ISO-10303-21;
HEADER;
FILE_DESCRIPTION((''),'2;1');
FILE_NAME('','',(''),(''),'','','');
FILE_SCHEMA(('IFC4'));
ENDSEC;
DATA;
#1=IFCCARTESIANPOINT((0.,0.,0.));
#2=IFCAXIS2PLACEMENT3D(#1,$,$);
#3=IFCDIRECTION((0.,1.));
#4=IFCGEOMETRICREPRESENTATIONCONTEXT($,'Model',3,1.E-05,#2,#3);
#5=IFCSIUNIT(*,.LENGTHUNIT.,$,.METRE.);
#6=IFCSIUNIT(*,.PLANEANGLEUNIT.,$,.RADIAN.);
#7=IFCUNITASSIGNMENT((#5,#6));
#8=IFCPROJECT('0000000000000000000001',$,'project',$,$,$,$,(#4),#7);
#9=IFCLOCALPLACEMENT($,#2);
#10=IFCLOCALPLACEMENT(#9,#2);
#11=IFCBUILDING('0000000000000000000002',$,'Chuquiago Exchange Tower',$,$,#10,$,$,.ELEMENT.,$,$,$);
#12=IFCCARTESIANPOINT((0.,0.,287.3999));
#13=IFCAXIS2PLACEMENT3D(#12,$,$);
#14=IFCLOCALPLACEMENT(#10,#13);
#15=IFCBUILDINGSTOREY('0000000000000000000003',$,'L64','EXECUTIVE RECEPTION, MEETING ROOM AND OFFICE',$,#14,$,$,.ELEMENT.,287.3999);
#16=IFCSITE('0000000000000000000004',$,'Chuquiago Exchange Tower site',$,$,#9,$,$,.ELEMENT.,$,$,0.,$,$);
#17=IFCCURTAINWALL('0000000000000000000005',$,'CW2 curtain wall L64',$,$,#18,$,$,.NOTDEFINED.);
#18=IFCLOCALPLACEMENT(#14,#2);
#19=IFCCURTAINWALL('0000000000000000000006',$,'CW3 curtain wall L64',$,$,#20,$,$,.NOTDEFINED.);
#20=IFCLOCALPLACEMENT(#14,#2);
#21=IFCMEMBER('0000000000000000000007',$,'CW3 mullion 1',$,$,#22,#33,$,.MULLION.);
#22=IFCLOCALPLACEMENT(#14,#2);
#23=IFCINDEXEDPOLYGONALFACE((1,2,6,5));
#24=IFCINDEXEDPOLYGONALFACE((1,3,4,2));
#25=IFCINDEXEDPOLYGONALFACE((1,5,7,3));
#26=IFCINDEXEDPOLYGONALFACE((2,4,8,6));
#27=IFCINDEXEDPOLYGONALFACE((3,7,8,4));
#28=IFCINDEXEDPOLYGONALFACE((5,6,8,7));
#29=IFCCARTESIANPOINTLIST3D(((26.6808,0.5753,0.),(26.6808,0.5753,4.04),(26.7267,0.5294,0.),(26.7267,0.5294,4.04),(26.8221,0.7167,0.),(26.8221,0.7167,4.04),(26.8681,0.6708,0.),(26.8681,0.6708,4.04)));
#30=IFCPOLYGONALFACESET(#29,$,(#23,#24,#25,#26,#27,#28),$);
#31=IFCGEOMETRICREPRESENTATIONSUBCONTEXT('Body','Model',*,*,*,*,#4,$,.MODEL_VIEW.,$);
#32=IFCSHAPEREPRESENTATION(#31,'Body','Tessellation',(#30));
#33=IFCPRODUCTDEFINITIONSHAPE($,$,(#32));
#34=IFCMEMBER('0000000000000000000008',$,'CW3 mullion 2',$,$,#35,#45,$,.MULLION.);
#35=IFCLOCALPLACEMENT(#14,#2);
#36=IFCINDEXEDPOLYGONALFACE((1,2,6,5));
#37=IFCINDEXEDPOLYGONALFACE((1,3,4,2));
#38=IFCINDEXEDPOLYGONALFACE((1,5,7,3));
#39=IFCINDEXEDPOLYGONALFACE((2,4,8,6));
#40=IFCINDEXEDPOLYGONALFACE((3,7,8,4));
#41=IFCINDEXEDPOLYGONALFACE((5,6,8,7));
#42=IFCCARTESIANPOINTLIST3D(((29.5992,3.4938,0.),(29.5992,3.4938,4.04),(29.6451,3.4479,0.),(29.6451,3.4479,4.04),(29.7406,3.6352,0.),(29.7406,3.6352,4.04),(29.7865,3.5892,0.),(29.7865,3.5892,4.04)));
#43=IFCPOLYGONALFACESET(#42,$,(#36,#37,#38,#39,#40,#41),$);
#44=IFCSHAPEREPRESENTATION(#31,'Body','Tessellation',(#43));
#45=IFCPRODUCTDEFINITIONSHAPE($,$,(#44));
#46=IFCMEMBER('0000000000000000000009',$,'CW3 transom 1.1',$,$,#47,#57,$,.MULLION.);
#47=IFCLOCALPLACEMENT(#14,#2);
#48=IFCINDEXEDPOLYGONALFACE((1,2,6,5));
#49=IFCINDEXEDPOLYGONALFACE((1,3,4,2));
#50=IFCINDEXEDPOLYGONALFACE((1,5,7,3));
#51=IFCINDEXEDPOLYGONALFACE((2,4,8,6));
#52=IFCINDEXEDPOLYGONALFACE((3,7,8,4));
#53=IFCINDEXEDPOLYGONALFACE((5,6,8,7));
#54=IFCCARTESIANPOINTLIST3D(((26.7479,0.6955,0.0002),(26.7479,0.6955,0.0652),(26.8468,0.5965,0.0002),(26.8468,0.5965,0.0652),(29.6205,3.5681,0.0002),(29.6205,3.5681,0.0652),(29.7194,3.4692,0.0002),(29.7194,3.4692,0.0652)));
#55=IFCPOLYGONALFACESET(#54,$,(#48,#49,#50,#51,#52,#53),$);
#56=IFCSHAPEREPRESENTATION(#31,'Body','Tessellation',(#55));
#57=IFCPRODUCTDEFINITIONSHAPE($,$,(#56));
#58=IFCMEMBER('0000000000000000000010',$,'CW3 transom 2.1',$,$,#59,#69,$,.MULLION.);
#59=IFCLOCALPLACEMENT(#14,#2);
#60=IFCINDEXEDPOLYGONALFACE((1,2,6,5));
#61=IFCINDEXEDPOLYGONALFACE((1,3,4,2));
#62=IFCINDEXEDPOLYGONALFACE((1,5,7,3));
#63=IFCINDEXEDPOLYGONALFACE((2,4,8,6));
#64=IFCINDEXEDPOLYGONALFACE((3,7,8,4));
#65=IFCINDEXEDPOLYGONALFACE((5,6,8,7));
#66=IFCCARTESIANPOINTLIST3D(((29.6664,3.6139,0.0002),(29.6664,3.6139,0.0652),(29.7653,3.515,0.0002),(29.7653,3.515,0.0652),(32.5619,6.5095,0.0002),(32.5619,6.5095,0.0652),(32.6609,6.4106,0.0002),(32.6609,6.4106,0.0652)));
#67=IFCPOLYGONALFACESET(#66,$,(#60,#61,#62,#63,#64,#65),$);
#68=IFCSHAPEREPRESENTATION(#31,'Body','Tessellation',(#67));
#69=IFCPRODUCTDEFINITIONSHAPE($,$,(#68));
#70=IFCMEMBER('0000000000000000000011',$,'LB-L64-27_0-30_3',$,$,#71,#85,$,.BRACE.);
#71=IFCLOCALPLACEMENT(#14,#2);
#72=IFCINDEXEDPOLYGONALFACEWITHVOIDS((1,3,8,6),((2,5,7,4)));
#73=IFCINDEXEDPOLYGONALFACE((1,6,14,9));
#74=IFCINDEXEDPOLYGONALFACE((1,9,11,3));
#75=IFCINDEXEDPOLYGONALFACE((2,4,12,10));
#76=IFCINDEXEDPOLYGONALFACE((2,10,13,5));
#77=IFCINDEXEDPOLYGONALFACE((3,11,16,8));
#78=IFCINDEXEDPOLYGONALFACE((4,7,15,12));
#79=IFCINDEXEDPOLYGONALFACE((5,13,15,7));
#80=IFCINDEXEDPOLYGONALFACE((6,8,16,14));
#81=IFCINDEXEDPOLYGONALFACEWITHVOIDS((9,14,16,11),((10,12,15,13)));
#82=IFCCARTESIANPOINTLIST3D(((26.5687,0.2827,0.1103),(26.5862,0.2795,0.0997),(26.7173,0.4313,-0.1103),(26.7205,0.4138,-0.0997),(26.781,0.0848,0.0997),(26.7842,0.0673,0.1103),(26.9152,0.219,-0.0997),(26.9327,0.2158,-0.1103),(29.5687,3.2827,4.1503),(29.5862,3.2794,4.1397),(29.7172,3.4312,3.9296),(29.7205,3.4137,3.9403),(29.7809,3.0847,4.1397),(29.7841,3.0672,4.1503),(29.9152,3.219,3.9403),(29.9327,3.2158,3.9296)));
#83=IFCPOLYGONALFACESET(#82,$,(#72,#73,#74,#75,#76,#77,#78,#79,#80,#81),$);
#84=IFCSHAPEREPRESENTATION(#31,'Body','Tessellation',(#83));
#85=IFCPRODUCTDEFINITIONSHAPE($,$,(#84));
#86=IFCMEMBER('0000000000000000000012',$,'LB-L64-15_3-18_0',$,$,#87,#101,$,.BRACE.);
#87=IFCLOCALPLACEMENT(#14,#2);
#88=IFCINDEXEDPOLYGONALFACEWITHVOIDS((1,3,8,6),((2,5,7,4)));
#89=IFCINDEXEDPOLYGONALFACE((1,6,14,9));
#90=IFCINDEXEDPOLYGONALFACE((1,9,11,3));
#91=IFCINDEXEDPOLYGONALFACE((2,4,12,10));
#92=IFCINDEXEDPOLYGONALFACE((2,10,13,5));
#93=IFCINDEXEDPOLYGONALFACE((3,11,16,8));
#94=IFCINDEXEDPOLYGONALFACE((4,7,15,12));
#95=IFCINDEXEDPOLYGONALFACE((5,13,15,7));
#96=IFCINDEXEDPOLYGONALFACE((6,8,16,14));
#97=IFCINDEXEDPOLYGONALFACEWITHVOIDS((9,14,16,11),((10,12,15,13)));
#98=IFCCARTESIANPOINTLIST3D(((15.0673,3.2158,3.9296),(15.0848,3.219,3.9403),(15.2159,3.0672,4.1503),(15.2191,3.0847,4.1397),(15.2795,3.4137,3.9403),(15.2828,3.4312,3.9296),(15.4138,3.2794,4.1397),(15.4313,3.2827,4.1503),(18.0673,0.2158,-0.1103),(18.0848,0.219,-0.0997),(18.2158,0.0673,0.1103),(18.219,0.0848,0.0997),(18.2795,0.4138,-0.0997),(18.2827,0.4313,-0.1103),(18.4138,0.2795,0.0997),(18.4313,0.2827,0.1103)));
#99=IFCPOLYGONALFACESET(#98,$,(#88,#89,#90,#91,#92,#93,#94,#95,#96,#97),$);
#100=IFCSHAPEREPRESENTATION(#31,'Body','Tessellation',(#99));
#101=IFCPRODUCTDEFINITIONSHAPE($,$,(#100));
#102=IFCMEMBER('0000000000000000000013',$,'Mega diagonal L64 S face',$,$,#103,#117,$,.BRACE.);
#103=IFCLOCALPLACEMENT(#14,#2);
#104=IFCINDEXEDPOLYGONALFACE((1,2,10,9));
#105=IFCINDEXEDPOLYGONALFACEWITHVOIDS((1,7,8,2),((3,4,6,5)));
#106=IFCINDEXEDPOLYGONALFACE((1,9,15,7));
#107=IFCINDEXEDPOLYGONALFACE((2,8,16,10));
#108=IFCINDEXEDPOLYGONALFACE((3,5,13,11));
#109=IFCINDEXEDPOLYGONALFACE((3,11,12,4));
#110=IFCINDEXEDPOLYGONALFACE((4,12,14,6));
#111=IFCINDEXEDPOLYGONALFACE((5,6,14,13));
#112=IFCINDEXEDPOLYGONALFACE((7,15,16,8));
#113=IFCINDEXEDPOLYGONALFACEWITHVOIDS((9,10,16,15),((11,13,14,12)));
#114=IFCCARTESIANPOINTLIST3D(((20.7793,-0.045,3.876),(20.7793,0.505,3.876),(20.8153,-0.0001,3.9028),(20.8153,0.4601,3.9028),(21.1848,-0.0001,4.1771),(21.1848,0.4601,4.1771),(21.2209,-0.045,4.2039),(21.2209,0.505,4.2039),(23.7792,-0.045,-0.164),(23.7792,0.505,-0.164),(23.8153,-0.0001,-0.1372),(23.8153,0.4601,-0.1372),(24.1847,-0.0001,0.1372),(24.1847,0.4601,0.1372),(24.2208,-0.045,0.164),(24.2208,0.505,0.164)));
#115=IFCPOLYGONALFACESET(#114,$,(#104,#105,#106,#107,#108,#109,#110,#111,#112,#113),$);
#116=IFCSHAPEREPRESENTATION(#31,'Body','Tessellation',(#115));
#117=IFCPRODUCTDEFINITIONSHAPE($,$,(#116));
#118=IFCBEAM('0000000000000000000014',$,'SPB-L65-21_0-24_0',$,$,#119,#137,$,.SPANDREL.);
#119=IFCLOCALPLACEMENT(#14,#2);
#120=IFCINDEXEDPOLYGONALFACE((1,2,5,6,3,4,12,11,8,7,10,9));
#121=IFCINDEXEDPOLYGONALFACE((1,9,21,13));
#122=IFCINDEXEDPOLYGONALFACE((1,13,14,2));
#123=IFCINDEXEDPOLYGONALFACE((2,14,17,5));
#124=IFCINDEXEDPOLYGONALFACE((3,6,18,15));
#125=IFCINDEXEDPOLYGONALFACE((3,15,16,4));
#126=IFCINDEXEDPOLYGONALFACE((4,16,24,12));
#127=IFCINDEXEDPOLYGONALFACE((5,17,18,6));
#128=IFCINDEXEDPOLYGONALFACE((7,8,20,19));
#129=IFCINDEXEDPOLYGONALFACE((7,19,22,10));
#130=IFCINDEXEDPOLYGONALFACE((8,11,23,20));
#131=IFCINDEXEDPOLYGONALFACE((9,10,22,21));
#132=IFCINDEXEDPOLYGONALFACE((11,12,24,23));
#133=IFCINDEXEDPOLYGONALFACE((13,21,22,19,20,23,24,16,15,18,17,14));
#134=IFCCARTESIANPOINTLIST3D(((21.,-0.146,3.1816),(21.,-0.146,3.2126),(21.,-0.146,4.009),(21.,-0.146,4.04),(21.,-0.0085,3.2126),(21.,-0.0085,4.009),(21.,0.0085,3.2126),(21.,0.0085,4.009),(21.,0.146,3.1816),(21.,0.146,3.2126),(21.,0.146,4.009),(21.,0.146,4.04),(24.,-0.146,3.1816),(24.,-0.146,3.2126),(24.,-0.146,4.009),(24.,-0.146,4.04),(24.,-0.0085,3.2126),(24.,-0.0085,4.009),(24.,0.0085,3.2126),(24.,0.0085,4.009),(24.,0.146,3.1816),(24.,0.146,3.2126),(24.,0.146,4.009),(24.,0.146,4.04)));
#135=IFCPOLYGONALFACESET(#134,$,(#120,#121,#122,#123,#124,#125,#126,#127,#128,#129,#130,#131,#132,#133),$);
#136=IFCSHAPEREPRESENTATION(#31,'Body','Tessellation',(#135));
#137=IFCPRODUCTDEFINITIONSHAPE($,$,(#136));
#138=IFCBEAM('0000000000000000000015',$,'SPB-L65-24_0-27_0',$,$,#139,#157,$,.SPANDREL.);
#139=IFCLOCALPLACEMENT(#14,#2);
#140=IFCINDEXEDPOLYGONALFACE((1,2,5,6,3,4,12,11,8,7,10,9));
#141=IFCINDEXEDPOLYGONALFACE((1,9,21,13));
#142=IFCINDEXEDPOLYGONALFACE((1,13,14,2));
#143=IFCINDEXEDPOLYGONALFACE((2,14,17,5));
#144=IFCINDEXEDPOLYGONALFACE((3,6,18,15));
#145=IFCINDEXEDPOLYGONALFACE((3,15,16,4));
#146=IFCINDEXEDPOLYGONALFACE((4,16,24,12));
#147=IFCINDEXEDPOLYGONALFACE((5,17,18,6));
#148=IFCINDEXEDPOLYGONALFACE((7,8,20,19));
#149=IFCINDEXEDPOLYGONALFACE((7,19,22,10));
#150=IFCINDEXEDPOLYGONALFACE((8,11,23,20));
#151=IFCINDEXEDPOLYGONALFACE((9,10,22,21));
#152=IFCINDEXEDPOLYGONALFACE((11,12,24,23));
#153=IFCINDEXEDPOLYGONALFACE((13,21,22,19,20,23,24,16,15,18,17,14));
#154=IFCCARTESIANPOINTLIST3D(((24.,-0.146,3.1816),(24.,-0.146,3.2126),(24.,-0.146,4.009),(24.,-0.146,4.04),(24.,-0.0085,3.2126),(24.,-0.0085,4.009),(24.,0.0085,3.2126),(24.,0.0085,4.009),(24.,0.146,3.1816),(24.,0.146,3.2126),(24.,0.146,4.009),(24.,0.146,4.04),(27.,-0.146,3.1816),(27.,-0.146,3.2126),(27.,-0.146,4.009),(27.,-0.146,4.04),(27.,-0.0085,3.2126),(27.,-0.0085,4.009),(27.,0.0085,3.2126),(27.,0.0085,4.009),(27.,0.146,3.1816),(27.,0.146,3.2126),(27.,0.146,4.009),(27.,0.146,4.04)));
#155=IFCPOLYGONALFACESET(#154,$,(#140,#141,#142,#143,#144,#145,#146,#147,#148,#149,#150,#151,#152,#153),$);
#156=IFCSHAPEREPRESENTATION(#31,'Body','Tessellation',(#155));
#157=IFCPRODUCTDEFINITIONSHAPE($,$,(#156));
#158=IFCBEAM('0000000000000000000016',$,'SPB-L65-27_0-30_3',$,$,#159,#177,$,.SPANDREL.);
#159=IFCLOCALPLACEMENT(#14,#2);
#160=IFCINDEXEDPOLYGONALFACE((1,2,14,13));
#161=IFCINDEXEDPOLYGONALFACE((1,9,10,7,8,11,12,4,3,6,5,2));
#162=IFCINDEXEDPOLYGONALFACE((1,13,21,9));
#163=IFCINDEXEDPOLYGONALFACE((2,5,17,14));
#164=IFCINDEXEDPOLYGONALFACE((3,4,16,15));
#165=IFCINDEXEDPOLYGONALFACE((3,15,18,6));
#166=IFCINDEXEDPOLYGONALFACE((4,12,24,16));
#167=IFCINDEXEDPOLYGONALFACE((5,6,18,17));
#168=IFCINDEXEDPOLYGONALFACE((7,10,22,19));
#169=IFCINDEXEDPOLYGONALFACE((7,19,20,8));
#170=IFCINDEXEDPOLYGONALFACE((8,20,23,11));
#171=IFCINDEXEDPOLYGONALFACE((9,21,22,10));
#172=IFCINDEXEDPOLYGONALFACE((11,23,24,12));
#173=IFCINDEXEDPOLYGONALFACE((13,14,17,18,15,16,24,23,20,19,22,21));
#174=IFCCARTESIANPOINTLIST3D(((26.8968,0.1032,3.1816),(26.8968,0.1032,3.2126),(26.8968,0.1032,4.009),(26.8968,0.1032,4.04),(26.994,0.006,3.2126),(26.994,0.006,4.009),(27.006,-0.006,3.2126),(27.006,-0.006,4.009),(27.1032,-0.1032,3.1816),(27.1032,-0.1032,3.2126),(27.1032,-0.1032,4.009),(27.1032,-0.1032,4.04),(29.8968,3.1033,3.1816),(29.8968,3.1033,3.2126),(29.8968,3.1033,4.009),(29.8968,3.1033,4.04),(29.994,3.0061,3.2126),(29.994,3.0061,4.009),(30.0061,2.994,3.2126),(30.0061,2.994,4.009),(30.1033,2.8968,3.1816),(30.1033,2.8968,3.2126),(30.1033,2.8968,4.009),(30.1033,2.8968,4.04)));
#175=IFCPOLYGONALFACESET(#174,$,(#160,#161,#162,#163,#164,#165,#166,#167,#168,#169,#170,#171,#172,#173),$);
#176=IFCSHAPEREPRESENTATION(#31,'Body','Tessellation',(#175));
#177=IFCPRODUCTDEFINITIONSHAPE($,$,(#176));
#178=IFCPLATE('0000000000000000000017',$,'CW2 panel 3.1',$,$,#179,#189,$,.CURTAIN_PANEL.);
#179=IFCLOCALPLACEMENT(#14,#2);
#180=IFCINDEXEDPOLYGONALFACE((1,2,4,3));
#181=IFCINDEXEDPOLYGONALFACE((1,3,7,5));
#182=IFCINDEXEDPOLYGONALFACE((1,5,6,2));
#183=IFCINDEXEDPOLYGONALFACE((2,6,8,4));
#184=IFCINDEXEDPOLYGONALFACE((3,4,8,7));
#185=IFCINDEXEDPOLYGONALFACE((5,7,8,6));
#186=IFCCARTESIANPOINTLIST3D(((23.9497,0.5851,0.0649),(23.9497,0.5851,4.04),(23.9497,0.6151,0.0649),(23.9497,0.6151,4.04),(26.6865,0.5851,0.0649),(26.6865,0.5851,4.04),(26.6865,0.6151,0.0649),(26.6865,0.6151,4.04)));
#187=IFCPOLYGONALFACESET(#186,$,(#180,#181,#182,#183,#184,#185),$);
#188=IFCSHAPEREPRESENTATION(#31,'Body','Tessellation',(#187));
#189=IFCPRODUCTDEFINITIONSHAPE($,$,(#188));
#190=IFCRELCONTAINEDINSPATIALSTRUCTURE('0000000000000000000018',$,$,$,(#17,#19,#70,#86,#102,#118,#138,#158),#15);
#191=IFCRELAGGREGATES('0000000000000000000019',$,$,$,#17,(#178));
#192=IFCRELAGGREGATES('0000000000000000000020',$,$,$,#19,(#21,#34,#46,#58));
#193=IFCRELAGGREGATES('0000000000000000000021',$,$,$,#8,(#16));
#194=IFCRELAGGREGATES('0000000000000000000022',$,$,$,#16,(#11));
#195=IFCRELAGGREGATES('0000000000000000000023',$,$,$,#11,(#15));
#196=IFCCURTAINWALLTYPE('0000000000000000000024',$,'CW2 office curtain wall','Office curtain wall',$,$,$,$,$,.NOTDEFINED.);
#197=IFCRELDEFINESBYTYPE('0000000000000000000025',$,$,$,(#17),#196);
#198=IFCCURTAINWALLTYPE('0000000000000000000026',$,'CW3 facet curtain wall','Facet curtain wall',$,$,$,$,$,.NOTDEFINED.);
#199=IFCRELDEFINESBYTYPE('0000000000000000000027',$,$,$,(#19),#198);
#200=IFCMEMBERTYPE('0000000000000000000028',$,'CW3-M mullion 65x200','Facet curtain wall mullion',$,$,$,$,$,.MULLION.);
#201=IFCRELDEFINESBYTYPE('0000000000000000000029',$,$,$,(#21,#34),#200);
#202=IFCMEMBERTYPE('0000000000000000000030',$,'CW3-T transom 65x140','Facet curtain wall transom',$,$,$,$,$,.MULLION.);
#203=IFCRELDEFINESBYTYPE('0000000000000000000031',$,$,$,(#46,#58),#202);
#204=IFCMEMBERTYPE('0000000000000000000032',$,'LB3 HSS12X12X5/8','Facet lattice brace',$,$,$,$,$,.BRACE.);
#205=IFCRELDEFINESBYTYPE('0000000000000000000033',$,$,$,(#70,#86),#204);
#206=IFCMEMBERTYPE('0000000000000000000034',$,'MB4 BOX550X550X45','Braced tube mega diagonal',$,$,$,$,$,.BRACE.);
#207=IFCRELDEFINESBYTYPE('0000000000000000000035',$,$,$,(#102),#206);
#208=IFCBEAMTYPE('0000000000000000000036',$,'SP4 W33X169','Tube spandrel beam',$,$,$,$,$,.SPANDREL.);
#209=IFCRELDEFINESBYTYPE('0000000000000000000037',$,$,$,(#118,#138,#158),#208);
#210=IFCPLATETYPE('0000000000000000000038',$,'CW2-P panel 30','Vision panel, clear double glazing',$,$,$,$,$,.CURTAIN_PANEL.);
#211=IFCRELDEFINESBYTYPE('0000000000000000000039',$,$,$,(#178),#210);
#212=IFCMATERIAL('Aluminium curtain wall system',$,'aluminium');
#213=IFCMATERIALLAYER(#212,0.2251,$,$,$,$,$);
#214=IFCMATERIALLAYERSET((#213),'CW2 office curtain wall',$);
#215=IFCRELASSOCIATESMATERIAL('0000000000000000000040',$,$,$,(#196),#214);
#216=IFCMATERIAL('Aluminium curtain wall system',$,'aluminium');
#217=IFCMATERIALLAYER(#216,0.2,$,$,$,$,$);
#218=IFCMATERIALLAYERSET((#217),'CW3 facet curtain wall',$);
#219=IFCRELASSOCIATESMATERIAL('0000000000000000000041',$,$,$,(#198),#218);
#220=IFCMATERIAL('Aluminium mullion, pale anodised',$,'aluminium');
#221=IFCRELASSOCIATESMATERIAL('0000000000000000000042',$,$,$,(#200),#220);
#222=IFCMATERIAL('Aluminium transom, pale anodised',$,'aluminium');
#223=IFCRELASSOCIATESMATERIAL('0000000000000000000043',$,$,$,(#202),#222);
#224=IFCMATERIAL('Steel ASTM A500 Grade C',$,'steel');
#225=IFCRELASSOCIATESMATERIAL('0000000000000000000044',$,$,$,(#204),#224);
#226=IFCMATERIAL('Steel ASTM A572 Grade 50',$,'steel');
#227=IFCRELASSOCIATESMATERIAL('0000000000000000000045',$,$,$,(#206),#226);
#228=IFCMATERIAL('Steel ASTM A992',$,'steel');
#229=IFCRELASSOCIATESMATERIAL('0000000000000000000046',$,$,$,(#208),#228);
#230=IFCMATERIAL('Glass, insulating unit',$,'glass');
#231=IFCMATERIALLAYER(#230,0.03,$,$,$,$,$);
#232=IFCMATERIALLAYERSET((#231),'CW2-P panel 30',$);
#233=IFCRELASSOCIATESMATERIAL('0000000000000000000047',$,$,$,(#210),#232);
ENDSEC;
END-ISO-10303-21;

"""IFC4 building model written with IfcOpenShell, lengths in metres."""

from ifc_helpers import new_model, si_unit, direction, frame, origin, origin_2d, place, context, subcontext, project, spatial, rectangle, hollow_rectangle, i_section, extrude, material, layer, layer_set, material_profile, profile_set, type_object, element, aggregate, save


model = new_model("IFC4")

# Units and contexts
model_context = context("Model", 3, precision=1e-05, world=origin(), true_north=direction((0.0, 1.0)))
body_context = subcontext(model_context, "Body", "Model", "MODEL_VIEW")
ifc_project = project(units=[si_unit("LENGTHUNIT", "METRE"), si_unit("PLANEANGLEUNIT", "RADIAN")], contexts=[model_context])

# Site, building, storey
site_placement = place(None, origin())
site = spatial("IfcSite", under=ifc_project, at=site_placement, Name="Chuquiago Exchange Tower site", CompositionType="ELEMENT", RefElevation=0.0)
building_placement = place(site_placement, origin())
building = spatial("IfcBuilding", under=site, at=building_placement, Name="Chuquiago Exchange Tower", CompositionType="ELEMENT")
storey_placement = place(building_placement, frame((0.0, 0.0, 287.3999)))
storey = spatial("IfcBuildingStorey", under=building, at=storey_placement, Name="L64", Description="EXECUTIVE RECEPTION, MEETING ROOM AND OFFICE", CompositionType="ELEMENT", Elevation=287.3999)

# Curtain walls, members
ifc_material_1 = material(Name="Aluminium curtain wall system", Category="aluminium")
ifc_layer_1 = layer(ifc_material_1, 0.2251)
ifc_layer_set_1 = layer_set([ifc_layer_1], Name="CW2 office curtain wall")
curtain_wall_type_1 = type_object("IfcCurtainWallType", Name="CW2 office curtain wall", Description="Office curtain wall", PredefinedType="NOTDEFINED", material=ifc_layer_set_1)
curtain_wall_1_placement = place(storey_placement, origin())
curtain_wall_1 = element("IfcCurtainWall", 1, at=curtain_wall_1_placement, inside=storey, type_object=curtain_wall_type_1, Name="CW2 curtain wall L64", PredefinedType="NOTDEFINED")
ifc_material_2 = material(Name="Aluminium curtain wall system", Category="aluminium")
ifc_layer_2 = layer(ifc_material_2, 0.2)
ifc_layer_set_2 = layer_set([ifc_layer_2], Name="CW3 facet curtain wall")
curtain_wall_type_2 = type_object("IfcCurtainWallType", Name="CW3 facet curtain wall", Description="Facet curtain wall", PredefinedType="NOTDEFINED", material=ifc_layer_set_2)
curtain_wall_2_placement = place(storey_placement, origin())
curtain_wall_2 = element("IfcCurtainWall", 2, at=curtain_wall_2_placement, inside=storey, type_object=curtain_wall_type_2, Name="CW3 curtain wall L64", PredefinedType="NOTDEFINED")
ifc_material_3 = material(Name="Aluminium mullion, pale anodised", Category="aluminium")
ifc_material_profile_1 = material_profile(ifc_material_3, rectangle(XDim=0.0649, YDim=0.2, at=origin_2d()), Name="AL 65x200")
ifc_profile_set_1 = profile_set([ifc_material_profile_1], Name="Aluminium mullion, pale anodised")
member_type_1 = type_object("IfcMemberType", Name="CW3-M mullion 65x200", Description="Facet curtain wall mullion", PredefinedType="MULLION", material=ifc_profile_set_1)
member_1_placement = place(storey_placement, frame((26.7744, 0.623, 0.0), z_axis=(0.0, 0.0, 1.0), x_axis=(-0.707107, 0.707107, 0.0)))
member_1 = element("IfcMember", 3, at=member_1_placement, type_object=member_type_1, Name="CW3 mullion 1", PredefinedType="MULLION", context=body_context, shape_type="SweptSolid", body=[
    extrude(rectangle(XDim=0.0649, YDim=0.2, at=origin_2d()), origin(), (0.0, 0.0, 1.0), 4.04),
])
member_2_placement = place(storey_placement, frame((29.6929, 3.5415, 0.0), z_axis=(0.0, 0.0, 1.0), x_axis=(-0.707107, 0.707107, 0.0)))
member_2 = element("IfcMember", 4, at=member_2_placement, type_object=member_type_1, Name="CW3 mullion 2", PredefinedType="MULLION", context=body_context, shape_type="SweptSolid", body=[
    extrude(rectangle(XDim=0.0649, YDim=0.2, at=origin_2d()), origin(), (0.0, 0.0, 1.0), 4.04),
])
ifc_material_4 = material(Name="Aluminium transom, pale anodised", Category="aluminium")
ifc_material_profile_2 = material_profile(ifc_material_4, rectangle(XDim=0.1399, YDim=0.0649, at=origin_2d()), Name="AL 140x65")
ifc_profile_set_2 = profile_set([ifc_material_profile_2], Name="Aluminium transom, pale anodised")
member_type_2 = type_object("IfcMemberType", Name="CW3-T transom 65x140", Description="Facet curtain wall transom", PredefinedType="MULLION", material=ifc_profile_set_2)
member_3_placement = place(storey_placement, frame((26.7974, 0.646, 0.0327), z_axis=(0.707107, 0.707107, 0.0), x_axis=(-0.707107, 0.707107, 0.0)))
member_3 = element("IfcMember", 5, at=member_3_placement, type_object=member_type_2, Name="CW3 transom 1.1", PredefinedType="MULLION", context=body_context, shape_type="SweptSolid", body=[
    extrude(rectangle(XDim=0.1399, YDim=0.0649, at=origin_2d()), origin(), (0.0, 0.0, 1.0), 4.0625),
])
member_4_placement = place(storey_placement, frame((29.7158, 3.5645, 0.0327), z_axis=(0.707107, 0.707107, 0.0), x_axis=(-0.707107, 0.707107, 0.0)))
member_4 = element("IfcMember", 6, at=member_4_placement, type_object=member_type_2, Name="CW3 transom 2.1", PredefinedType="MULLION", context=body_context, shape_type="SweptSolid", body=[
    extrude(rectangle(XDim=0.1399, YDim=0.0649, at=origin_2d()), origin(), (0.0, 0.0, 1.0), 4.095),
])

# Members
ifc_material_5 = material(Name="Steel ASTM A500 Grade C", Category="steel")
ifc_material_profile_3 = material_profile(ifc_material_5, hollow_rectangle(XDim=0.3047, YDim=0.3047, WallThickness=0.0146, at=origin_2d()), Name="HSS12X12X5/8")
ifc_profile_set_3 = profile_set([ifc_material_profile_3], Name="Steel ASTM A500 Grade C")
member_type_3 = type_object("IfcMemberType", Name="LB3 HSS12X12X5/8", Description="Facet lattice brace", PredefinedType="BRACE", material=ifc_profile_set_3)
for number, where, z_axis, x_axis, name in (
    (7, (26.7507, 0.2493, 0.0), (0.512077, 0.512077, 0.689604), (-0.707107, 0.707107, 0.0), "LB-L64-27_0-30_3"),
    (8, (18.2493, 0.2493, 0.0), (-0.512077, 0.512077, 0.689604), (-0.707107, -0.707107, 0.0), "LB-L64-15_3-18_0"),
):
    element("IfcMember", number, at=place(storey_placement, frame(where, z_axis=z_axis, x_axis=x_axis)), inside=storey, type_object=member_type_3, Name=name, PredefinedType="BRACE", context=body_context, shape_type="SweptSolid", body=[
        extrude(hollow_rectangle(XDim=0.3047, YDim=0.3047, WallThickness=0.0146, at=origin_2d()), origin(), (0.0, 0.0, 1.0), 5.8584),
    ])
ifc_material_6 = material(Name="Steel ASTM A572 Grade 50", Category="steel")
ifc_material_profile_4 = material_profile(ifc_material_6, hollow_rectangle(XDim=0.55, YDim=0.55, WallThickness=0.0449, at=origin_2d()), Name="BOX550X550X45")
ifc_profile_set_4 = profile_set([ifc_material_profile_4], Name="Steel ASTM A572 Grade 50")
member_type_4 = type_object("IfcMemberType", Name="MB4 BOX550X550X45", Description="Braced tube mega diagonal", PredefinedType="BRACE", material=ifc_profile_set_4)
member_5_placement = place(storey_placement, frame((24.0, 0.23, 0.0), z_axis=(-0.596174, 0.0, 0.802855), x_axis=(0.0, -1.0, 0.0)))
element("IfcMember", 9, at=member_5_placement, inside=storey, type_object=member_type_4, Name="Mega diagonal L64 S face", PredefinedType="BRACE", context=body_context, shape_type="SweptSolid", body=[
    extrude(hollow_rectangle(XDim=0.55, YDim=0.55, WallThickness=0.0449, at=origin_2d()), origin(), (0.0, 0.0, 1.0), 5.032),
])

# Beams
ifc_material_7 = material(Name="Steel ASTM A992", Category="steel")
ifc_material_profile_5 = material_profile(ifc_material_7, i_section(OverallWidth=0.292, OverallDepth=0.8584, WebThickness=0.0171, FlangeThickness=0.031, at=origin_2d()), Name="W33X169")
ifc_profile_set_5 = profile_set([ifc_material_profile_5], Name="Steel ASTM A992")
beam_type = type_object("IfcBeamType", Name="SP4 W33X169", Description="Tube spandrel beam", PredefinedType="SPANDREL", material=ifc_profile_set_5)
for number, where, z_axis, x_axis, name in (
    (10, (21.0, 0.0, 3.6108), (1.0, 0.0, 0.0), (0.0, 1.0, 0.0), "SPB-L65-21_0-24_0"),
    (11, (24.0, 0.0, 3.6108), (1.0, 0.0, 0.0), (0.0, 1.0, 0.0), "SPB-L65-24_0-27_0"),
):
    element("IfcBeam", number, at=place(storey_placement, frame(where, z_axis=z_axis, x_axis=x_axis)), inside=storey, type_object=beam_type, Name=name, PredefinedType="SPANDREL", context=body_context, shape_type="SweptSolid", body=[
        extrude(i_section(OverallWidth=0.292, OverallDepth=0.8584, WebThickness=0.0171, FlangeThickness=0.031, at=origin_2d()), origin(), (0.0, 0.0, 1.0), 3.0),
    ])
beam_placement = place(storey_placement, frame((27.0, 0.0, 3.6108), z_axis=(0.707107, 0.707107, 0.0), x_axis=(-0.707107, 0.707107, 0.0)))
element("IfcBeam", 12, at=beam_placement, inside=storey, type_object=beam_type, Name="SPB-L65-27_0-30_3", PredefinedType="SPANDREL", context=body_context, shape_type="SweptSolid", body=[
    extrude(i_section(OverallWidth=0.292, OverallDepth=0.8584, WebThickness=0.0171, FlangeThickness=0.031, at=origin_2d()), origin(), (0.0, 0.0, 1.0), 4.2427),
])

# Plate
ifc_material_8 = material(Name="Glass, insulating unit", Category="glass")
ifc_layer_3 = layer(ifc_material_8, 0.03)
ifc_layer_set_3 = layer_set([ifc_layer_3], Name="CW2-P panel 30")
plate_type_1 = type_object("IfcPlateType", Name="CW2-P panel 30", Description="Vision panel, clear double glazing", PredefinedType="CURTAIN_PANEL", material=ifc_layer_set_3)
plate_1_placement = place(storey_placement, frame((25.3181, 0.6001, 0.0649), z_axis=(0.0, 0.0, 1.0), x_axis=(1.0, 0.0, 0.0)))
plate_1 = element("IfcPlate", 13, at=plate_1_placement, type_object=plate_type_1, Name="CW2 panel 3.1", PredefinedType="CURTAIN_PANEL", context=body_context, shape_type="SweptSolid", body=[
    extrude(rectangle(XDim=2.7368, YDim=0.03, at=origin_2d()), origin(), (0.0, 0.0, 1.0), 3.9751),
])
aggregate(curtain_wall_1, [plate_1])
aggregate(curtain_wall_2, [member_1, member_2, member_3, member_4])

save(model, "model.ifc")
